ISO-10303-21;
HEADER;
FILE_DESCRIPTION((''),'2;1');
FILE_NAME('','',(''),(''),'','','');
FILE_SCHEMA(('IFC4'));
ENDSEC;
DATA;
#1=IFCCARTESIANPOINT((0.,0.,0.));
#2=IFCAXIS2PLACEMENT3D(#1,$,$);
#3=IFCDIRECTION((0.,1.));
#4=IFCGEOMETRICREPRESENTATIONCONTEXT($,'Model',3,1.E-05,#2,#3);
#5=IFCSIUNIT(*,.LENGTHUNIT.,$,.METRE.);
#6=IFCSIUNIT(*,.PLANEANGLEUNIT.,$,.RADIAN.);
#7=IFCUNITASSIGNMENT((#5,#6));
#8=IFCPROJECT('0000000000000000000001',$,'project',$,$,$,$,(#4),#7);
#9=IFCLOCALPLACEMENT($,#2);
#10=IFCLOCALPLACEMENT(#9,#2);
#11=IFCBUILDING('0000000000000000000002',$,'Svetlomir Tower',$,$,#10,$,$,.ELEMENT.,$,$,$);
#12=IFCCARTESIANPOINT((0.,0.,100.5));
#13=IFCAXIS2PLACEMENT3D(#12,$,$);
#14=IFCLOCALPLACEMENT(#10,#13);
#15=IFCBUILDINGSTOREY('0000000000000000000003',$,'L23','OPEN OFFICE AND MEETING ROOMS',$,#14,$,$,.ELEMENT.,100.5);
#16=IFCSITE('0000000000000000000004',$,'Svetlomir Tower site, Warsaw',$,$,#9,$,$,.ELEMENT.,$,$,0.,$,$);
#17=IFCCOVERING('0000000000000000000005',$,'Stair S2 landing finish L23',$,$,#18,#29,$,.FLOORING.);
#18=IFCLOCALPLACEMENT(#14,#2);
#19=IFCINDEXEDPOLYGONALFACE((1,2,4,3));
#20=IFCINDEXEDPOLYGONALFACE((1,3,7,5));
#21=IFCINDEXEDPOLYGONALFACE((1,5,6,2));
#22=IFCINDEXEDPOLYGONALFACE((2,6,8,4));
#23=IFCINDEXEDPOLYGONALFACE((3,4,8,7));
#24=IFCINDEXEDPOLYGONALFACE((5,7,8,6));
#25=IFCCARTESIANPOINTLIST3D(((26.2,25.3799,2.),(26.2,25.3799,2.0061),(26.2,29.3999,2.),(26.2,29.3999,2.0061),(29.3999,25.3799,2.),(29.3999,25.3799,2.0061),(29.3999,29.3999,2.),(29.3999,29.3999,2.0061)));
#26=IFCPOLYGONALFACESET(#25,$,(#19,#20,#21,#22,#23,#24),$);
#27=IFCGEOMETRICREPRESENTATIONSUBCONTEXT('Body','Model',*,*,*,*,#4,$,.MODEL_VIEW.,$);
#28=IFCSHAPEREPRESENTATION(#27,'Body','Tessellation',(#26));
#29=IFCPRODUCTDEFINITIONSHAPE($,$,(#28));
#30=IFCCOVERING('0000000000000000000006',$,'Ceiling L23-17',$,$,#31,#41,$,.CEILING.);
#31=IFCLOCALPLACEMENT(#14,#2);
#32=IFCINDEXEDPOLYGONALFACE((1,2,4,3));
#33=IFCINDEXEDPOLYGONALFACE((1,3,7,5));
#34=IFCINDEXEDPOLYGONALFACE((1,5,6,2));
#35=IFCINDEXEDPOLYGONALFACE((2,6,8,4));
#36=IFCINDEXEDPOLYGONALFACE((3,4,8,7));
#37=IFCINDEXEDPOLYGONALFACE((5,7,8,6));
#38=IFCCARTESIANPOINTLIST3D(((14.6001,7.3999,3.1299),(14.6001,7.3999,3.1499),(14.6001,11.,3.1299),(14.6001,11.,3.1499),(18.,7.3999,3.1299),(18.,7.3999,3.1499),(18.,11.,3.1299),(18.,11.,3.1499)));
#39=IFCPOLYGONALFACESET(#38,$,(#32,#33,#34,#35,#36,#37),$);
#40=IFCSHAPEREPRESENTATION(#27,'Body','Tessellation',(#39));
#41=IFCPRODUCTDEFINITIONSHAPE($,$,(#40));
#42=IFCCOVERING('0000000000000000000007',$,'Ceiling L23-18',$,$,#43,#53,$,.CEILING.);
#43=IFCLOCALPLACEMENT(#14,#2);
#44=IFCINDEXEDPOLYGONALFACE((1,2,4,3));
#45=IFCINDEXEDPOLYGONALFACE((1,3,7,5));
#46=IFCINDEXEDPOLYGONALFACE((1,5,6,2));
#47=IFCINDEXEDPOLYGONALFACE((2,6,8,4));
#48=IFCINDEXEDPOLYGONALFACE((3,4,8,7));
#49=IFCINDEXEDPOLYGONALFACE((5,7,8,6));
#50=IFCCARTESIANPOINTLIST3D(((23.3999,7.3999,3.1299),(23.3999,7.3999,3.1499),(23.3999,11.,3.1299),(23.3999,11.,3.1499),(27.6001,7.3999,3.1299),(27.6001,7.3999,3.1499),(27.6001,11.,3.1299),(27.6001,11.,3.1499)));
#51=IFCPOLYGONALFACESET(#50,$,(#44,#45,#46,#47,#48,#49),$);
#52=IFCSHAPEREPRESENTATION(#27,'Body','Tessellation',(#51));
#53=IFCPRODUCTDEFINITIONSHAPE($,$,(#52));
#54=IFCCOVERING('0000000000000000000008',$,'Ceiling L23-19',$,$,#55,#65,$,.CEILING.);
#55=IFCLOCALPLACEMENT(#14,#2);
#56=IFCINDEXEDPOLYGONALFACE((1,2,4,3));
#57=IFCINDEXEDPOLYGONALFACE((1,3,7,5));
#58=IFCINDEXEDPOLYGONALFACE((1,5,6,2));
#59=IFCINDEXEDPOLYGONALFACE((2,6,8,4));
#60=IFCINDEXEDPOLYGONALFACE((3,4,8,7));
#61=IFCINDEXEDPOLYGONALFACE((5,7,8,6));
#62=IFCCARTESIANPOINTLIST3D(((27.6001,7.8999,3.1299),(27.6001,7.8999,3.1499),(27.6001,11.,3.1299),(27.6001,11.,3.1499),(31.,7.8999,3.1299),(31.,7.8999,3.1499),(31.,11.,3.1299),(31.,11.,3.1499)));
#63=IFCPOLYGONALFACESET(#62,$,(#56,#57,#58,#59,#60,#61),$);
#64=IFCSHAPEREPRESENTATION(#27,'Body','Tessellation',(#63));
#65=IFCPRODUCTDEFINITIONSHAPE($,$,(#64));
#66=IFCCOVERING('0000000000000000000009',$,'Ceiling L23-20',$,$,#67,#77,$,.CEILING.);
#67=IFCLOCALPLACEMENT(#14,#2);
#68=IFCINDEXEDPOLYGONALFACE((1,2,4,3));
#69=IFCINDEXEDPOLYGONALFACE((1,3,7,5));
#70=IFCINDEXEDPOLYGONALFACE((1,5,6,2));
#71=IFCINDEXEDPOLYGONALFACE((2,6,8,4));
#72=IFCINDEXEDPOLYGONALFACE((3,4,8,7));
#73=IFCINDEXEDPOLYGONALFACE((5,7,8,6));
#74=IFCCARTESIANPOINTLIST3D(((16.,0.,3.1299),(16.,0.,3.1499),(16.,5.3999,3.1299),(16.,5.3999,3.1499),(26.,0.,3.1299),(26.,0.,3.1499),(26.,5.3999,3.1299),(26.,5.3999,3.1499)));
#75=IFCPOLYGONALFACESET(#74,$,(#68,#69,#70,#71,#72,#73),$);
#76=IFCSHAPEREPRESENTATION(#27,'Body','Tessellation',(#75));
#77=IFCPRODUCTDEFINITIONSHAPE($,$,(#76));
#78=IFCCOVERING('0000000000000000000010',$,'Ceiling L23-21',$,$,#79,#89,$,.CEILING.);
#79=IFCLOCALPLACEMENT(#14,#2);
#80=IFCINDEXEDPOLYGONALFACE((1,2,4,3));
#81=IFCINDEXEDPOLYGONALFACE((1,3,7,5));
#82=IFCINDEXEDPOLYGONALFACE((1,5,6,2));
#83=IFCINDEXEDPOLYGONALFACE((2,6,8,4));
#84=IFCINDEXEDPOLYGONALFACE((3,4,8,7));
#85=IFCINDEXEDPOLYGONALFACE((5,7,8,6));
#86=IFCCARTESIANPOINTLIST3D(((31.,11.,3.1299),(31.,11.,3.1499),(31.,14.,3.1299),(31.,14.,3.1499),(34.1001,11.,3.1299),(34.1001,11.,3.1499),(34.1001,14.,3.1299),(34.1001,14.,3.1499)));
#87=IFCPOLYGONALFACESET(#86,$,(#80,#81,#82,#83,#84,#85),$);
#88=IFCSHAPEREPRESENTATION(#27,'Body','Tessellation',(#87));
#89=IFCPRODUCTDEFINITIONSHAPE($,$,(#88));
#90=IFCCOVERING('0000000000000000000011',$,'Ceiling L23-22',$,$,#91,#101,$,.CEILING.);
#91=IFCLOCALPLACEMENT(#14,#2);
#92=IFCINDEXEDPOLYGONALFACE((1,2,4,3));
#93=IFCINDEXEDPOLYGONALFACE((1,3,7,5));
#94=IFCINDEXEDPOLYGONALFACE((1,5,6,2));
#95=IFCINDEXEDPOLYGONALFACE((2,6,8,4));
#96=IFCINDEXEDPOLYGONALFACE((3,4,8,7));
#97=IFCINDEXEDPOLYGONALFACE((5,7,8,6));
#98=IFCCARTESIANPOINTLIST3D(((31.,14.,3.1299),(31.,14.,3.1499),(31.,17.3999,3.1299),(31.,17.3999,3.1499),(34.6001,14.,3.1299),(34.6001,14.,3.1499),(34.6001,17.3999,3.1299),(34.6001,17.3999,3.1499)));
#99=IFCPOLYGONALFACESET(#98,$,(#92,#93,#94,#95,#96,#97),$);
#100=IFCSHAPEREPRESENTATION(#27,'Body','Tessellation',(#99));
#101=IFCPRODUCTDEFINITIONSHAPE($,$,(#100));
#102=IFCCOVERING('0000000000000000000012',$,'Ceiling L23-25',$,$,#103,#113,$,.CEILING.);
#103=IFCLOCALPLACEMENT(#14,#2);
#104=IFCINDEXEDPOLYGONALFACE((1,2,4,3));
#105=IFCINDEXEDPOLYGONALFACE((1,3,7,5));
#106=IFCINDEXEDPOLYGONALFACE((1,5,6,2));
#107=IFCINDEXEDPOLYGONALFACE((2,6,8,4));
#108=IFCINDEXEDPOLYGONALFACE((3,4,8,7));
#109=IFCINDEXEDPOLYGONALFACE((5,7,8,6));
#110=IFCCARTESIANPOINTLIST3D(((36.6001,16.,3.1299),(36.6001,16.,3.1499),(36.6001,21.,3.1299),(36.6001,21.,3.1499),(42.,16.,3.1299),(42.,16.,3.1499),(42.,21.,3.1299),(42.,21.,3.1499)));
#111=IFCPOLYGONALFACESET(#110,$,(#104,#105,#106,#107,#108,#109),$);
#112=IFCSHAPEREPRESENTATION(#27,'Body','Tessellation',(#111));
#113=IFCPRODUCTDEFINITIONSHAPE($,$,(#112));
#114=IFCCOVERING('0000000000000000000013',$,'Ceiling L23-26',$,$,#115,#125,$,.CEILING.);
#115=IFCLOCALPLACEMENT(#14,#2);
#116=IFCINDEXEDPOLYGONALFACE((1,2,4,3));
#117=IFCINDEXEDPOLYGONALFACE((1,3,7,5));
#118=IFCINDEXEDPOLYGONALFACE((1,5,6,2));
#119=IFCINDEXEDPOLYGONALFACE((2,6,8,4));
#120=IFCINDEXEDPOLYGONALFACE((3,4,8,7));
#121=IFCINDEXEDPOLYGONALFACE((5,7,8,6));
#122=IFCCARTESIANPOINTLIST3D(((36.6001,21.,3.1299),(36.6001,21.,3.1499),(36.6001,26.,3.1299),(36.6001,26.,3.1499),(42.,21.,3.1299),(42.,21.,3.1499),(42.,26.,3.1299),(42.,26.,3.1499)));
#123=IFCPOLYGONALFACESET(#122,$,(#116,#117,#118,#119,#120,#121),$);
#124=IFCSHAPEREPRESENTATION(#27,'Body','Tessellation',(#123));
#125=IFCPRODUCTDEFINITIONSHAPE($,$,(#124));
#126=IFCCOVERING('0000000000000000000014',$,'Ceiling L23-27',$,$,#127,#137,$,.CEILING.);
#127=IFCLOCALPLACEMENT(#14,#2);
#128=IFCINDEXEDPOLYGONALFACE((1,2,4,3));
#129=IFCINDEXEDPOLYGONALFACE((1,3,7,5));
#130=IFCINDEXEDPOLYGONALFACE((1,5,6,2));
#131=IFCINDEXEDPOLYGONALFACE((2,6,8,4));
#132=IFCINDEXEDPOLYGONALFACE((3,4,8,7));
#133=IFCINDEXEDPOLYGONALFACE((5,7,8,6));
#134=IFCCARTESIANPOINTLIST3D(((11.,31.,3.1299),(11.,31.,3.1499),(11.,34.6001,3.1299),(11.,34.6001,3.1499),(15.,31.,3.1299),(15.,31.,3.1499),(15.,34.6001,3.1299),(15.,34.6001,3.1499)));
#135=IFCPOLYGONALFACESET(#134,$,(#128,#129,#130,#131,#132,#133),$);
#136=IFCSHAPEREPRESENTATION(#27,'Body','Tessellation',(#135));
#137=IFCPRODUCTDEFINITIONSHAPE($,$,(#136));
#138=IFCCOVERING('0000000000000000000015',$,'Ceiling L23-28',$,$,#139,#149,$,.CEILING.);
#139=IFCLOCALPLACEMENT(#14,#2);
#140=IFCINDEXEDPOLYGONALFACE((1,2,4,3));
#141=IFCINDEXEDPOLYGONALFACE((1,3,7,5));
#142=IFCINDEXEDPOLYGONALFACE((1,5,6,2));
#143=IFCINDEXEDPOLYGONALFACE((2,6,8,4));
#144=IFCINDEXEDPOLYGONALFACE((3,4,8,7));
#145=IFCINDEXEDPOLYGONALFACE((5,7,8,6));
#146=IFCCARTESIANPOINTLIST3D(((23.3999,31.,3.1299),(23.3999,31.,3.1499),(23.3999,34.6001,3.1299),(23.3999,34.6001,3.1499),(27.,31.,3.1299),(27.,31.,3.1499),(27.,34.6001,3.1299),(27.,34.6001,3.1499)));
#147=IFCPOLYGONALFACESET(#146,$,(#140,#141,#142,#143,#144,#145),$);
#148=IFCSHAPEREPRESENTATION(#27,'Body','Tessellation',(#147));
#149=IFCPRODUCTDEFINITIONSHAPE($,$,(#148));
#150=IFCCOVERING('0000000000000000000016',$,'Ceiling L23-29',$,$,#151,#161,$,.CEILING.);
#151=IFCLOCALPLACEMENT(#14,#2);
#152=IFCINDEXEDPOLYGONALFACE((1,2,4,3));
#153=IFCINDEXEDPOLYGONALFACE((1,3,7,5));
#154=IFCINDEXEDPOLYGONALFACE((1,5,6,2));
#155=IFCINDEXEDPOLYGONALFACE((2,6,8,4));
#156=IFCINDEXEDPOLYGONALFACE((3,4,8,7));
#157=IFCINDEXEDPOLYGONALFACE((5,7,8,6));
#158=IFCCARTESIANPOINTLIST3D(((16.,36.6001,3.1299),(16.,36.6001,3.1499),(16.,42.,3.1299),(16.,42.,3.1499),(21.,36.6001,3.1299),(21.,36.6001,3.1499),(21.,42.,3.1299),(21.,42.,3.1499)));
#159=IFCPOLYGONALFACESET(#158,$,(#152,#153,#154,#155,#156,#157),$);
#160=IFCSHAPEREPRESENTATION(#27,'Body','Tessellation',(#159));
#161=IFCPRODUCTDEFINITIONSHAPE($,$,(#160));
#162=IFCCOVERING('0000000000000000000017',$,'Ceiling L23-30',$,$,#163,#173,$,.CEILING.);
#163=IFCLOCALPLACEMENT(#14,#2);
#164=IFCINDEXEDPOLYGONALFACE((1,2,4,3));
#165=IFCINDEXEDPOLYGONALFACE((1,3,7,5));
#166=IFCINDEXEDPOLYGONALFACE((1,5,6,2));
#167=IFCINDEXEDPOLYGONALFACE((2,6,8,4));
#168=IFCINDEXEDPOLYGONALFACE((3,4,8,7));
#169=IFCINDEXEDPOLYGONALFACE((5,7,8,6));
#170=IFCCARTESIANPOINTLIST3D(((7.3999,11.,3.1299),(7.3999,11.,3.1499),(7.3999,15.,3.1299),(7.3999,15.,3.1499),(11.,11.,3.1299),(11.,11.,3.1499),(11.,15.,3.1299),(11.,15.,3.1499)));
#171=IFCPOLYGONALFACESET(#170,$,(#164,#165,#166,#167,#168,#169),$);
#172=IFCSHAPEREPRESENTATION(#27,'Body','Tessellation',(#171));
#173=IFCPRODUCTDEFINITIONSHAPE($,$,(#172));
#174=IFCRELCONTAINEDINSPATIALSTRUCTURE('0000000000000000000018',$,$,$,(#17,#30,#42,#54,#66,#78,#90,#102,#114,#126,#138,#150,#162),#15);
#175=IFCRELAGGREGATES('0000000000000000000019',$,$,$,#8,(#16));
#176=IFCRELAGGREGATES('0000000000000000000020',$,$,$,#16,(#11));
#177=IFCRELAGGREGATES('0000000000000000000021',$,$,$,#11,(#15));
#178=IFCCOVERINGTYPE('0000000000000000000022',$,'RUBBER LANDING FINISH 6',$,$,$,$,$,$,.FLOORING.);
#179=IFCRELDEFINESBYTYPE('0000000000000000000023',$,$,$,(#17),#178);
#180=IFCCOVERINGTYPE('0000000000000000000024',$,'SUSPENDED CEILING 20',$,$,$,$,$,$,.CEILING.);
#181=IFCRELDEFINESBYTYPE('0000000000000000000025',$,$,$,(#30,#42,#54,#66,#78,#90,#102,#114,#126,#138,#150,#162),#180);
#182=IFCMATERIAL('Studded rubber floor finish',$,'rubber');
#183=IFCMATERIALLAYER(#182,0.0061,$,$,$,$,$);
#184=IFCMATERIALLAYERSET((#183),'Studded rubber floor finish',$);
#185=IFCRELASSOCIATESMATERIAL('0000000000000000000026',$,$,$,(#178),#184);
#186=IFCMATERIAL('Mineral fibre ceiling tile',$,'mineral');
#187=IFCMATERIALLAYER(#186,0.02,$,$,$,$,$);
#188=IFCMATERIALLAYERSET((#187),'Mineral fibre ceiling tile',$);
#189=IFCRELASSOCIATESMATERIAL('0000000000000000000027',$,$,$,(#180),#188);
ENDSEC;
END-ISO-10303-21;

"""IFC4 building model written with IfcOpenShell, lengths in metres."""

from ifc_helpers import new_model, si_unit, direction, frame, origin, place, context, subcontext, project, spatial, polyline, outline, extrude, material, layer, layer_set, type_object, element, save


model = new_model("IFC4")

# Units and contexts
model_context = context("Model", 3, precision=1e-05, world=origin(), true_north=direction((0.0, 1.0)))
body_context = subcontext(model_context, "Body", "Model", "MODEL_VIEW")
ifc_project = project(units=[si_unit("LENGTHUNIT", "METRE"), si_unit("PLANEANGLEUNIT", "RADIAN")], contexts=[model_context])

# Site, building, storey
site_placement = place(None, origin())
site = spatial("IfcSite", under=ifc_project, at=site_placement, Name="Svetlomir Tower site, Warsaw", CompositionType="ELEMENT", RefElevation=0.0)
building_placement = place(site_placement, origin())
building = spatial("IfcBuilding", under=site, at=building_placement, Name="Svetlomir Tower", CompositionType="ELEMENT")
storey_placement = place(building_placement, frame((0.0, 0.0, 100.5)))
storey = spatial("IfcBuildingStorey", under=building, at=storey_placement, Name="L23", Description="OPEN OFFICE AND MEETING ROOMS", CompositionType="ELEMENT", Elevation=100.5)

# Coverings
ifc_material_1 = material(Name="Studded rubber floor finish", Category="rubber")
ifc_layer_1 = layer(ifc_material_1, 0.0061)
ifc_layer_set_1 = layer_set([ifc_layer_1], Name="Studded rubber floor finish")
covering_type_1 = type_object("IfcCoveringType", Name="RUBBER LANDING FINISH 6", PredefinedType="FLOORING", material=ifc_layer_set_1)
covering_1_placement = place(storey_placement, frame((0.0, 0.0, 2.0)))
element("IfcCovering", 1, at=covering_1_placement, inside=storey, type_object=covering_type_1, Name="Stair S2 landing finish L23", PredefinedType="FLOORING", context=body_context, shape_type="SweptSolid", body=[
    extrude(outline(polyline([(26.2, 25.3799), (29.3999, 25.3799), (29.3999, 29.3999), (26.2, 29.3999), (26.2, 25.3799)])), origin(), (0.0, 0.0, 1.0), 0.0061),
])
ifc_material_2 = material(Name="Mineral fibre ceiling tile", Category="mineral")
ifc_layer_2 = layer(ifc_material_2, 0.02)
ifc_layer_set_2 = layer_set([ifc_layer_2], Name="Mineral fibre ceiling tile")
covering_type_2 = type_object("IfcCoveringType", Name="SUSPENDED CEILING 20", PredefinedType="CEILING", material=ifc_layer_set_2)
covering_2_placement = place(storey_placement, frame((0.0, 0.0, 3.1299)))
element("IfcCovering", 2, at=covering_2_placement, inside=storey, type_object=covering_type_2, Name="Ceiling L23-17", PredefinedType="CEILING", context=body_context, shape_type="SweptSolid", body=[
    extrude(outline(polyline([(14.6001, 7.3999), (18.0, 7.3999), (18.0, 11.0), (14.6001, 11.0), (14.6001, 7.3999)])), origin(), (0.0, 0.0, 1.0), 0.02),
])
covering_3_placement = place(storey_placement, frame((0.0, 0.0, 3.1299)))
element("IfcCovering", 3, at=covering_3_placement, inside=storey, type_object=covering_type_2, Name="Ceiling L23-18", PredefinedType="CEILING", context=body_context, shape_type="SweptSolid", body=[
    extrude(outline(polyline([(23.3999, 7.3999), (27.6001, 7.3999), (27.6001, 11.0), (23.3999, 11.0), (23.3999, 7.3999)])), origin(), (0.0, 0.0, 1.0), 0.02),
])
covering_4_placement = place(storey_placement, frame((0.0, 0.0, 3.1299)))
element("IfcCovering", 4, at=covering_4_placement, inside=storey, type_object=covering_type_2, Name="Ceiling L23-19", PredefinedType="CEILING", context=body_context, shape_type="SweptSolid", body=[
    extrude(outline(polyline([(27.6001, 7.8999), (31.0, 7.8999), (31.0, 11.0), (27.6001, 11.0), (27.6001, 7.8999)])), origin(), (0.0, 0.0, 1.0), 0.02),
])
covering_5_placement = place(storey_placement, frame((0.0, 0.0, 3.1299)))
element("IfcCovering", 5, at=covering_5_placement, inside=storey, type_object=covering_type_2, Name="Ceiling L23-20", PredefinedType="CEILING", context=body_context, shape_type="SweptSolid", body=[
    extrude(outline(polyline([(16.0, 0.0), (26.0, 0.0), (26.0, 5.3999), (16.0, 5.3999), (16.0, 0.0)])), origin(), (0.0, 0.0, 1.0), 0.02),
])
covering_6_placement = place(storey_placement, frame((0.0, 0.0, 3.1299)))
element("IfcCovering", 6, at=covering_6_placement, inside=storey, type_object=covering_type_2, Name="Ceiling L23-21", PredefinedType="CEILING", context=body_context, shape_type="SweptSolid", body=[
    extrude(outline(polyline([(31.0, 11.0), (34.1001, 11.0), (34.1001, 14.0), (31.0, 14.0), (31.0, 11.0)])), origin(), (0.0, 0.0, 1.0), 0.02),
])
covering_7_placement = place(storey_placement, frame((0.0, 0.0, 3.1299)))
element("IfcCovering", 7, at=covering_7_placement, inside=storey, type_object=covering_type_2, Name="Ceiling L23-22", PredefinedType="CEILING", context=body_context, shape_type="SweptSolid", body=[
    extrude(outline(polyline([(31.0, 14.0), (34.6001, 14.0), (34.6001, 17.3999), (31.0, 17.3999), (31.0, 14.0)])), origin(), (0.0, 0.0, 1.0), 0.02),
])
covering_8_placement = place(storey_placement, frame((0.0, 0.0, 3.1299)))
element("IfcCovering", 8, at=covering_8_placement, inside=storey, type_object=covering_type_2, Name="Ceiling L23-25", PredefinedType="CEILING", context=body_context, shape_type="SweptSolid", body=[
    extrude(outline(polyline([(36.6001, 16.0), (42.0, 16.0), (42.0, 21.0), (36.6001, 21.0), (36.6001, 16.0)])), origin(), (0.0, 0.0, 1.0), 0.02),
])
covering_9_placement = place(storey_placement, frame((0.0, 0.0, 3.1299)))
element("IfcCovering", 9, at=covering_9_placement, inside=storey, type_object=covering_type_2, Name="Ceiling L23-26", PredefinedType="CEILING", context=body_context, shape_type="SweptSolid", body=[
    extrude(outline(polyline([(36.6001, 21.0), (42.0, 21.0), (42.0, 26.0), (36.6001, 26.0), (36.6001, 21.0)])), origin(), (0.0, 0.0, 1.0), 0.02),
])
covering_10_placement = place(storey_placement, frame((0.0, 0.0, 3.1299)))
element("IfcCovering", 10, at=covering_10_placement, inside=storey, type_object=covering_type_2, Name="Ceiling L23-27", PredefinedType="CEILING", context=body_context, shape_type="SweptSolid", body=[
    extrude(outline(polyline([(11.0, 31.0), (15.0, 31.0), (15.0, 34.6001), (11.0, 34.6001), (11.0, 31.0)])), origin(), (0.0, 0.0, 1.0), 0.02),
])
covering_11_placement = place(storey_placement, frame((0.0, 0.0, 3.1299)))
element("IfcCovering", 11, at=covering_11_placement, inside=storey, type_object=covering_type_2, Name="Ceiling L23-28", PredefinedType="CEILING", context=body_context, shape_type="SweptSolid", body=[
    extrude(outline(polyline([(23.3999, 31.0), (27.0, 31.0), (27.0, 34.6001), (23.3999, 34.6001), (23.3999, 31.0)])), origin(), (0.0, 0.0, 1.0), 0.02),
])
covering_12_placement = place(storey_placement, frame((0.0, 0.0, 3.1299)))
element("IfcCovering", 12, at=covering_12_placement, inside=storey, type_object=covering_type_2, Name="Ceiling L23-29", PredefinedType="CEILING", context=body_context, shape_type="SweptSolid", body=[
    extrude(outline(polyline([(16.0, 36.6001), (21.0, 36.6001), (21.0, 42.0), (16.0, 42.0), (16.0, 36.6001)])), origin(), (0.0, 0.0, 1.0), 0.02),
])
covering_13_placement = place(storey_placement, frame((0.0, 0.0, 3.1299)))
element("IfcCovering", 13, at=covering_13_placement, inside=storey, type_object=covering_type_2, Name="Ceiling L23-30", PredefinedType="CEILING", context=body_context, shape_type="SweptSolid", body=[
    extrude(outline(polyline([(7.3999, 11.0), (11.0, 11.0), (11.0, 15.0), (7.3999, 15.0), (7.3999, 11.0)])), origin(), (0.0, 0.0, 1.0), 0.02),
])

save(model, "model.ifc")
